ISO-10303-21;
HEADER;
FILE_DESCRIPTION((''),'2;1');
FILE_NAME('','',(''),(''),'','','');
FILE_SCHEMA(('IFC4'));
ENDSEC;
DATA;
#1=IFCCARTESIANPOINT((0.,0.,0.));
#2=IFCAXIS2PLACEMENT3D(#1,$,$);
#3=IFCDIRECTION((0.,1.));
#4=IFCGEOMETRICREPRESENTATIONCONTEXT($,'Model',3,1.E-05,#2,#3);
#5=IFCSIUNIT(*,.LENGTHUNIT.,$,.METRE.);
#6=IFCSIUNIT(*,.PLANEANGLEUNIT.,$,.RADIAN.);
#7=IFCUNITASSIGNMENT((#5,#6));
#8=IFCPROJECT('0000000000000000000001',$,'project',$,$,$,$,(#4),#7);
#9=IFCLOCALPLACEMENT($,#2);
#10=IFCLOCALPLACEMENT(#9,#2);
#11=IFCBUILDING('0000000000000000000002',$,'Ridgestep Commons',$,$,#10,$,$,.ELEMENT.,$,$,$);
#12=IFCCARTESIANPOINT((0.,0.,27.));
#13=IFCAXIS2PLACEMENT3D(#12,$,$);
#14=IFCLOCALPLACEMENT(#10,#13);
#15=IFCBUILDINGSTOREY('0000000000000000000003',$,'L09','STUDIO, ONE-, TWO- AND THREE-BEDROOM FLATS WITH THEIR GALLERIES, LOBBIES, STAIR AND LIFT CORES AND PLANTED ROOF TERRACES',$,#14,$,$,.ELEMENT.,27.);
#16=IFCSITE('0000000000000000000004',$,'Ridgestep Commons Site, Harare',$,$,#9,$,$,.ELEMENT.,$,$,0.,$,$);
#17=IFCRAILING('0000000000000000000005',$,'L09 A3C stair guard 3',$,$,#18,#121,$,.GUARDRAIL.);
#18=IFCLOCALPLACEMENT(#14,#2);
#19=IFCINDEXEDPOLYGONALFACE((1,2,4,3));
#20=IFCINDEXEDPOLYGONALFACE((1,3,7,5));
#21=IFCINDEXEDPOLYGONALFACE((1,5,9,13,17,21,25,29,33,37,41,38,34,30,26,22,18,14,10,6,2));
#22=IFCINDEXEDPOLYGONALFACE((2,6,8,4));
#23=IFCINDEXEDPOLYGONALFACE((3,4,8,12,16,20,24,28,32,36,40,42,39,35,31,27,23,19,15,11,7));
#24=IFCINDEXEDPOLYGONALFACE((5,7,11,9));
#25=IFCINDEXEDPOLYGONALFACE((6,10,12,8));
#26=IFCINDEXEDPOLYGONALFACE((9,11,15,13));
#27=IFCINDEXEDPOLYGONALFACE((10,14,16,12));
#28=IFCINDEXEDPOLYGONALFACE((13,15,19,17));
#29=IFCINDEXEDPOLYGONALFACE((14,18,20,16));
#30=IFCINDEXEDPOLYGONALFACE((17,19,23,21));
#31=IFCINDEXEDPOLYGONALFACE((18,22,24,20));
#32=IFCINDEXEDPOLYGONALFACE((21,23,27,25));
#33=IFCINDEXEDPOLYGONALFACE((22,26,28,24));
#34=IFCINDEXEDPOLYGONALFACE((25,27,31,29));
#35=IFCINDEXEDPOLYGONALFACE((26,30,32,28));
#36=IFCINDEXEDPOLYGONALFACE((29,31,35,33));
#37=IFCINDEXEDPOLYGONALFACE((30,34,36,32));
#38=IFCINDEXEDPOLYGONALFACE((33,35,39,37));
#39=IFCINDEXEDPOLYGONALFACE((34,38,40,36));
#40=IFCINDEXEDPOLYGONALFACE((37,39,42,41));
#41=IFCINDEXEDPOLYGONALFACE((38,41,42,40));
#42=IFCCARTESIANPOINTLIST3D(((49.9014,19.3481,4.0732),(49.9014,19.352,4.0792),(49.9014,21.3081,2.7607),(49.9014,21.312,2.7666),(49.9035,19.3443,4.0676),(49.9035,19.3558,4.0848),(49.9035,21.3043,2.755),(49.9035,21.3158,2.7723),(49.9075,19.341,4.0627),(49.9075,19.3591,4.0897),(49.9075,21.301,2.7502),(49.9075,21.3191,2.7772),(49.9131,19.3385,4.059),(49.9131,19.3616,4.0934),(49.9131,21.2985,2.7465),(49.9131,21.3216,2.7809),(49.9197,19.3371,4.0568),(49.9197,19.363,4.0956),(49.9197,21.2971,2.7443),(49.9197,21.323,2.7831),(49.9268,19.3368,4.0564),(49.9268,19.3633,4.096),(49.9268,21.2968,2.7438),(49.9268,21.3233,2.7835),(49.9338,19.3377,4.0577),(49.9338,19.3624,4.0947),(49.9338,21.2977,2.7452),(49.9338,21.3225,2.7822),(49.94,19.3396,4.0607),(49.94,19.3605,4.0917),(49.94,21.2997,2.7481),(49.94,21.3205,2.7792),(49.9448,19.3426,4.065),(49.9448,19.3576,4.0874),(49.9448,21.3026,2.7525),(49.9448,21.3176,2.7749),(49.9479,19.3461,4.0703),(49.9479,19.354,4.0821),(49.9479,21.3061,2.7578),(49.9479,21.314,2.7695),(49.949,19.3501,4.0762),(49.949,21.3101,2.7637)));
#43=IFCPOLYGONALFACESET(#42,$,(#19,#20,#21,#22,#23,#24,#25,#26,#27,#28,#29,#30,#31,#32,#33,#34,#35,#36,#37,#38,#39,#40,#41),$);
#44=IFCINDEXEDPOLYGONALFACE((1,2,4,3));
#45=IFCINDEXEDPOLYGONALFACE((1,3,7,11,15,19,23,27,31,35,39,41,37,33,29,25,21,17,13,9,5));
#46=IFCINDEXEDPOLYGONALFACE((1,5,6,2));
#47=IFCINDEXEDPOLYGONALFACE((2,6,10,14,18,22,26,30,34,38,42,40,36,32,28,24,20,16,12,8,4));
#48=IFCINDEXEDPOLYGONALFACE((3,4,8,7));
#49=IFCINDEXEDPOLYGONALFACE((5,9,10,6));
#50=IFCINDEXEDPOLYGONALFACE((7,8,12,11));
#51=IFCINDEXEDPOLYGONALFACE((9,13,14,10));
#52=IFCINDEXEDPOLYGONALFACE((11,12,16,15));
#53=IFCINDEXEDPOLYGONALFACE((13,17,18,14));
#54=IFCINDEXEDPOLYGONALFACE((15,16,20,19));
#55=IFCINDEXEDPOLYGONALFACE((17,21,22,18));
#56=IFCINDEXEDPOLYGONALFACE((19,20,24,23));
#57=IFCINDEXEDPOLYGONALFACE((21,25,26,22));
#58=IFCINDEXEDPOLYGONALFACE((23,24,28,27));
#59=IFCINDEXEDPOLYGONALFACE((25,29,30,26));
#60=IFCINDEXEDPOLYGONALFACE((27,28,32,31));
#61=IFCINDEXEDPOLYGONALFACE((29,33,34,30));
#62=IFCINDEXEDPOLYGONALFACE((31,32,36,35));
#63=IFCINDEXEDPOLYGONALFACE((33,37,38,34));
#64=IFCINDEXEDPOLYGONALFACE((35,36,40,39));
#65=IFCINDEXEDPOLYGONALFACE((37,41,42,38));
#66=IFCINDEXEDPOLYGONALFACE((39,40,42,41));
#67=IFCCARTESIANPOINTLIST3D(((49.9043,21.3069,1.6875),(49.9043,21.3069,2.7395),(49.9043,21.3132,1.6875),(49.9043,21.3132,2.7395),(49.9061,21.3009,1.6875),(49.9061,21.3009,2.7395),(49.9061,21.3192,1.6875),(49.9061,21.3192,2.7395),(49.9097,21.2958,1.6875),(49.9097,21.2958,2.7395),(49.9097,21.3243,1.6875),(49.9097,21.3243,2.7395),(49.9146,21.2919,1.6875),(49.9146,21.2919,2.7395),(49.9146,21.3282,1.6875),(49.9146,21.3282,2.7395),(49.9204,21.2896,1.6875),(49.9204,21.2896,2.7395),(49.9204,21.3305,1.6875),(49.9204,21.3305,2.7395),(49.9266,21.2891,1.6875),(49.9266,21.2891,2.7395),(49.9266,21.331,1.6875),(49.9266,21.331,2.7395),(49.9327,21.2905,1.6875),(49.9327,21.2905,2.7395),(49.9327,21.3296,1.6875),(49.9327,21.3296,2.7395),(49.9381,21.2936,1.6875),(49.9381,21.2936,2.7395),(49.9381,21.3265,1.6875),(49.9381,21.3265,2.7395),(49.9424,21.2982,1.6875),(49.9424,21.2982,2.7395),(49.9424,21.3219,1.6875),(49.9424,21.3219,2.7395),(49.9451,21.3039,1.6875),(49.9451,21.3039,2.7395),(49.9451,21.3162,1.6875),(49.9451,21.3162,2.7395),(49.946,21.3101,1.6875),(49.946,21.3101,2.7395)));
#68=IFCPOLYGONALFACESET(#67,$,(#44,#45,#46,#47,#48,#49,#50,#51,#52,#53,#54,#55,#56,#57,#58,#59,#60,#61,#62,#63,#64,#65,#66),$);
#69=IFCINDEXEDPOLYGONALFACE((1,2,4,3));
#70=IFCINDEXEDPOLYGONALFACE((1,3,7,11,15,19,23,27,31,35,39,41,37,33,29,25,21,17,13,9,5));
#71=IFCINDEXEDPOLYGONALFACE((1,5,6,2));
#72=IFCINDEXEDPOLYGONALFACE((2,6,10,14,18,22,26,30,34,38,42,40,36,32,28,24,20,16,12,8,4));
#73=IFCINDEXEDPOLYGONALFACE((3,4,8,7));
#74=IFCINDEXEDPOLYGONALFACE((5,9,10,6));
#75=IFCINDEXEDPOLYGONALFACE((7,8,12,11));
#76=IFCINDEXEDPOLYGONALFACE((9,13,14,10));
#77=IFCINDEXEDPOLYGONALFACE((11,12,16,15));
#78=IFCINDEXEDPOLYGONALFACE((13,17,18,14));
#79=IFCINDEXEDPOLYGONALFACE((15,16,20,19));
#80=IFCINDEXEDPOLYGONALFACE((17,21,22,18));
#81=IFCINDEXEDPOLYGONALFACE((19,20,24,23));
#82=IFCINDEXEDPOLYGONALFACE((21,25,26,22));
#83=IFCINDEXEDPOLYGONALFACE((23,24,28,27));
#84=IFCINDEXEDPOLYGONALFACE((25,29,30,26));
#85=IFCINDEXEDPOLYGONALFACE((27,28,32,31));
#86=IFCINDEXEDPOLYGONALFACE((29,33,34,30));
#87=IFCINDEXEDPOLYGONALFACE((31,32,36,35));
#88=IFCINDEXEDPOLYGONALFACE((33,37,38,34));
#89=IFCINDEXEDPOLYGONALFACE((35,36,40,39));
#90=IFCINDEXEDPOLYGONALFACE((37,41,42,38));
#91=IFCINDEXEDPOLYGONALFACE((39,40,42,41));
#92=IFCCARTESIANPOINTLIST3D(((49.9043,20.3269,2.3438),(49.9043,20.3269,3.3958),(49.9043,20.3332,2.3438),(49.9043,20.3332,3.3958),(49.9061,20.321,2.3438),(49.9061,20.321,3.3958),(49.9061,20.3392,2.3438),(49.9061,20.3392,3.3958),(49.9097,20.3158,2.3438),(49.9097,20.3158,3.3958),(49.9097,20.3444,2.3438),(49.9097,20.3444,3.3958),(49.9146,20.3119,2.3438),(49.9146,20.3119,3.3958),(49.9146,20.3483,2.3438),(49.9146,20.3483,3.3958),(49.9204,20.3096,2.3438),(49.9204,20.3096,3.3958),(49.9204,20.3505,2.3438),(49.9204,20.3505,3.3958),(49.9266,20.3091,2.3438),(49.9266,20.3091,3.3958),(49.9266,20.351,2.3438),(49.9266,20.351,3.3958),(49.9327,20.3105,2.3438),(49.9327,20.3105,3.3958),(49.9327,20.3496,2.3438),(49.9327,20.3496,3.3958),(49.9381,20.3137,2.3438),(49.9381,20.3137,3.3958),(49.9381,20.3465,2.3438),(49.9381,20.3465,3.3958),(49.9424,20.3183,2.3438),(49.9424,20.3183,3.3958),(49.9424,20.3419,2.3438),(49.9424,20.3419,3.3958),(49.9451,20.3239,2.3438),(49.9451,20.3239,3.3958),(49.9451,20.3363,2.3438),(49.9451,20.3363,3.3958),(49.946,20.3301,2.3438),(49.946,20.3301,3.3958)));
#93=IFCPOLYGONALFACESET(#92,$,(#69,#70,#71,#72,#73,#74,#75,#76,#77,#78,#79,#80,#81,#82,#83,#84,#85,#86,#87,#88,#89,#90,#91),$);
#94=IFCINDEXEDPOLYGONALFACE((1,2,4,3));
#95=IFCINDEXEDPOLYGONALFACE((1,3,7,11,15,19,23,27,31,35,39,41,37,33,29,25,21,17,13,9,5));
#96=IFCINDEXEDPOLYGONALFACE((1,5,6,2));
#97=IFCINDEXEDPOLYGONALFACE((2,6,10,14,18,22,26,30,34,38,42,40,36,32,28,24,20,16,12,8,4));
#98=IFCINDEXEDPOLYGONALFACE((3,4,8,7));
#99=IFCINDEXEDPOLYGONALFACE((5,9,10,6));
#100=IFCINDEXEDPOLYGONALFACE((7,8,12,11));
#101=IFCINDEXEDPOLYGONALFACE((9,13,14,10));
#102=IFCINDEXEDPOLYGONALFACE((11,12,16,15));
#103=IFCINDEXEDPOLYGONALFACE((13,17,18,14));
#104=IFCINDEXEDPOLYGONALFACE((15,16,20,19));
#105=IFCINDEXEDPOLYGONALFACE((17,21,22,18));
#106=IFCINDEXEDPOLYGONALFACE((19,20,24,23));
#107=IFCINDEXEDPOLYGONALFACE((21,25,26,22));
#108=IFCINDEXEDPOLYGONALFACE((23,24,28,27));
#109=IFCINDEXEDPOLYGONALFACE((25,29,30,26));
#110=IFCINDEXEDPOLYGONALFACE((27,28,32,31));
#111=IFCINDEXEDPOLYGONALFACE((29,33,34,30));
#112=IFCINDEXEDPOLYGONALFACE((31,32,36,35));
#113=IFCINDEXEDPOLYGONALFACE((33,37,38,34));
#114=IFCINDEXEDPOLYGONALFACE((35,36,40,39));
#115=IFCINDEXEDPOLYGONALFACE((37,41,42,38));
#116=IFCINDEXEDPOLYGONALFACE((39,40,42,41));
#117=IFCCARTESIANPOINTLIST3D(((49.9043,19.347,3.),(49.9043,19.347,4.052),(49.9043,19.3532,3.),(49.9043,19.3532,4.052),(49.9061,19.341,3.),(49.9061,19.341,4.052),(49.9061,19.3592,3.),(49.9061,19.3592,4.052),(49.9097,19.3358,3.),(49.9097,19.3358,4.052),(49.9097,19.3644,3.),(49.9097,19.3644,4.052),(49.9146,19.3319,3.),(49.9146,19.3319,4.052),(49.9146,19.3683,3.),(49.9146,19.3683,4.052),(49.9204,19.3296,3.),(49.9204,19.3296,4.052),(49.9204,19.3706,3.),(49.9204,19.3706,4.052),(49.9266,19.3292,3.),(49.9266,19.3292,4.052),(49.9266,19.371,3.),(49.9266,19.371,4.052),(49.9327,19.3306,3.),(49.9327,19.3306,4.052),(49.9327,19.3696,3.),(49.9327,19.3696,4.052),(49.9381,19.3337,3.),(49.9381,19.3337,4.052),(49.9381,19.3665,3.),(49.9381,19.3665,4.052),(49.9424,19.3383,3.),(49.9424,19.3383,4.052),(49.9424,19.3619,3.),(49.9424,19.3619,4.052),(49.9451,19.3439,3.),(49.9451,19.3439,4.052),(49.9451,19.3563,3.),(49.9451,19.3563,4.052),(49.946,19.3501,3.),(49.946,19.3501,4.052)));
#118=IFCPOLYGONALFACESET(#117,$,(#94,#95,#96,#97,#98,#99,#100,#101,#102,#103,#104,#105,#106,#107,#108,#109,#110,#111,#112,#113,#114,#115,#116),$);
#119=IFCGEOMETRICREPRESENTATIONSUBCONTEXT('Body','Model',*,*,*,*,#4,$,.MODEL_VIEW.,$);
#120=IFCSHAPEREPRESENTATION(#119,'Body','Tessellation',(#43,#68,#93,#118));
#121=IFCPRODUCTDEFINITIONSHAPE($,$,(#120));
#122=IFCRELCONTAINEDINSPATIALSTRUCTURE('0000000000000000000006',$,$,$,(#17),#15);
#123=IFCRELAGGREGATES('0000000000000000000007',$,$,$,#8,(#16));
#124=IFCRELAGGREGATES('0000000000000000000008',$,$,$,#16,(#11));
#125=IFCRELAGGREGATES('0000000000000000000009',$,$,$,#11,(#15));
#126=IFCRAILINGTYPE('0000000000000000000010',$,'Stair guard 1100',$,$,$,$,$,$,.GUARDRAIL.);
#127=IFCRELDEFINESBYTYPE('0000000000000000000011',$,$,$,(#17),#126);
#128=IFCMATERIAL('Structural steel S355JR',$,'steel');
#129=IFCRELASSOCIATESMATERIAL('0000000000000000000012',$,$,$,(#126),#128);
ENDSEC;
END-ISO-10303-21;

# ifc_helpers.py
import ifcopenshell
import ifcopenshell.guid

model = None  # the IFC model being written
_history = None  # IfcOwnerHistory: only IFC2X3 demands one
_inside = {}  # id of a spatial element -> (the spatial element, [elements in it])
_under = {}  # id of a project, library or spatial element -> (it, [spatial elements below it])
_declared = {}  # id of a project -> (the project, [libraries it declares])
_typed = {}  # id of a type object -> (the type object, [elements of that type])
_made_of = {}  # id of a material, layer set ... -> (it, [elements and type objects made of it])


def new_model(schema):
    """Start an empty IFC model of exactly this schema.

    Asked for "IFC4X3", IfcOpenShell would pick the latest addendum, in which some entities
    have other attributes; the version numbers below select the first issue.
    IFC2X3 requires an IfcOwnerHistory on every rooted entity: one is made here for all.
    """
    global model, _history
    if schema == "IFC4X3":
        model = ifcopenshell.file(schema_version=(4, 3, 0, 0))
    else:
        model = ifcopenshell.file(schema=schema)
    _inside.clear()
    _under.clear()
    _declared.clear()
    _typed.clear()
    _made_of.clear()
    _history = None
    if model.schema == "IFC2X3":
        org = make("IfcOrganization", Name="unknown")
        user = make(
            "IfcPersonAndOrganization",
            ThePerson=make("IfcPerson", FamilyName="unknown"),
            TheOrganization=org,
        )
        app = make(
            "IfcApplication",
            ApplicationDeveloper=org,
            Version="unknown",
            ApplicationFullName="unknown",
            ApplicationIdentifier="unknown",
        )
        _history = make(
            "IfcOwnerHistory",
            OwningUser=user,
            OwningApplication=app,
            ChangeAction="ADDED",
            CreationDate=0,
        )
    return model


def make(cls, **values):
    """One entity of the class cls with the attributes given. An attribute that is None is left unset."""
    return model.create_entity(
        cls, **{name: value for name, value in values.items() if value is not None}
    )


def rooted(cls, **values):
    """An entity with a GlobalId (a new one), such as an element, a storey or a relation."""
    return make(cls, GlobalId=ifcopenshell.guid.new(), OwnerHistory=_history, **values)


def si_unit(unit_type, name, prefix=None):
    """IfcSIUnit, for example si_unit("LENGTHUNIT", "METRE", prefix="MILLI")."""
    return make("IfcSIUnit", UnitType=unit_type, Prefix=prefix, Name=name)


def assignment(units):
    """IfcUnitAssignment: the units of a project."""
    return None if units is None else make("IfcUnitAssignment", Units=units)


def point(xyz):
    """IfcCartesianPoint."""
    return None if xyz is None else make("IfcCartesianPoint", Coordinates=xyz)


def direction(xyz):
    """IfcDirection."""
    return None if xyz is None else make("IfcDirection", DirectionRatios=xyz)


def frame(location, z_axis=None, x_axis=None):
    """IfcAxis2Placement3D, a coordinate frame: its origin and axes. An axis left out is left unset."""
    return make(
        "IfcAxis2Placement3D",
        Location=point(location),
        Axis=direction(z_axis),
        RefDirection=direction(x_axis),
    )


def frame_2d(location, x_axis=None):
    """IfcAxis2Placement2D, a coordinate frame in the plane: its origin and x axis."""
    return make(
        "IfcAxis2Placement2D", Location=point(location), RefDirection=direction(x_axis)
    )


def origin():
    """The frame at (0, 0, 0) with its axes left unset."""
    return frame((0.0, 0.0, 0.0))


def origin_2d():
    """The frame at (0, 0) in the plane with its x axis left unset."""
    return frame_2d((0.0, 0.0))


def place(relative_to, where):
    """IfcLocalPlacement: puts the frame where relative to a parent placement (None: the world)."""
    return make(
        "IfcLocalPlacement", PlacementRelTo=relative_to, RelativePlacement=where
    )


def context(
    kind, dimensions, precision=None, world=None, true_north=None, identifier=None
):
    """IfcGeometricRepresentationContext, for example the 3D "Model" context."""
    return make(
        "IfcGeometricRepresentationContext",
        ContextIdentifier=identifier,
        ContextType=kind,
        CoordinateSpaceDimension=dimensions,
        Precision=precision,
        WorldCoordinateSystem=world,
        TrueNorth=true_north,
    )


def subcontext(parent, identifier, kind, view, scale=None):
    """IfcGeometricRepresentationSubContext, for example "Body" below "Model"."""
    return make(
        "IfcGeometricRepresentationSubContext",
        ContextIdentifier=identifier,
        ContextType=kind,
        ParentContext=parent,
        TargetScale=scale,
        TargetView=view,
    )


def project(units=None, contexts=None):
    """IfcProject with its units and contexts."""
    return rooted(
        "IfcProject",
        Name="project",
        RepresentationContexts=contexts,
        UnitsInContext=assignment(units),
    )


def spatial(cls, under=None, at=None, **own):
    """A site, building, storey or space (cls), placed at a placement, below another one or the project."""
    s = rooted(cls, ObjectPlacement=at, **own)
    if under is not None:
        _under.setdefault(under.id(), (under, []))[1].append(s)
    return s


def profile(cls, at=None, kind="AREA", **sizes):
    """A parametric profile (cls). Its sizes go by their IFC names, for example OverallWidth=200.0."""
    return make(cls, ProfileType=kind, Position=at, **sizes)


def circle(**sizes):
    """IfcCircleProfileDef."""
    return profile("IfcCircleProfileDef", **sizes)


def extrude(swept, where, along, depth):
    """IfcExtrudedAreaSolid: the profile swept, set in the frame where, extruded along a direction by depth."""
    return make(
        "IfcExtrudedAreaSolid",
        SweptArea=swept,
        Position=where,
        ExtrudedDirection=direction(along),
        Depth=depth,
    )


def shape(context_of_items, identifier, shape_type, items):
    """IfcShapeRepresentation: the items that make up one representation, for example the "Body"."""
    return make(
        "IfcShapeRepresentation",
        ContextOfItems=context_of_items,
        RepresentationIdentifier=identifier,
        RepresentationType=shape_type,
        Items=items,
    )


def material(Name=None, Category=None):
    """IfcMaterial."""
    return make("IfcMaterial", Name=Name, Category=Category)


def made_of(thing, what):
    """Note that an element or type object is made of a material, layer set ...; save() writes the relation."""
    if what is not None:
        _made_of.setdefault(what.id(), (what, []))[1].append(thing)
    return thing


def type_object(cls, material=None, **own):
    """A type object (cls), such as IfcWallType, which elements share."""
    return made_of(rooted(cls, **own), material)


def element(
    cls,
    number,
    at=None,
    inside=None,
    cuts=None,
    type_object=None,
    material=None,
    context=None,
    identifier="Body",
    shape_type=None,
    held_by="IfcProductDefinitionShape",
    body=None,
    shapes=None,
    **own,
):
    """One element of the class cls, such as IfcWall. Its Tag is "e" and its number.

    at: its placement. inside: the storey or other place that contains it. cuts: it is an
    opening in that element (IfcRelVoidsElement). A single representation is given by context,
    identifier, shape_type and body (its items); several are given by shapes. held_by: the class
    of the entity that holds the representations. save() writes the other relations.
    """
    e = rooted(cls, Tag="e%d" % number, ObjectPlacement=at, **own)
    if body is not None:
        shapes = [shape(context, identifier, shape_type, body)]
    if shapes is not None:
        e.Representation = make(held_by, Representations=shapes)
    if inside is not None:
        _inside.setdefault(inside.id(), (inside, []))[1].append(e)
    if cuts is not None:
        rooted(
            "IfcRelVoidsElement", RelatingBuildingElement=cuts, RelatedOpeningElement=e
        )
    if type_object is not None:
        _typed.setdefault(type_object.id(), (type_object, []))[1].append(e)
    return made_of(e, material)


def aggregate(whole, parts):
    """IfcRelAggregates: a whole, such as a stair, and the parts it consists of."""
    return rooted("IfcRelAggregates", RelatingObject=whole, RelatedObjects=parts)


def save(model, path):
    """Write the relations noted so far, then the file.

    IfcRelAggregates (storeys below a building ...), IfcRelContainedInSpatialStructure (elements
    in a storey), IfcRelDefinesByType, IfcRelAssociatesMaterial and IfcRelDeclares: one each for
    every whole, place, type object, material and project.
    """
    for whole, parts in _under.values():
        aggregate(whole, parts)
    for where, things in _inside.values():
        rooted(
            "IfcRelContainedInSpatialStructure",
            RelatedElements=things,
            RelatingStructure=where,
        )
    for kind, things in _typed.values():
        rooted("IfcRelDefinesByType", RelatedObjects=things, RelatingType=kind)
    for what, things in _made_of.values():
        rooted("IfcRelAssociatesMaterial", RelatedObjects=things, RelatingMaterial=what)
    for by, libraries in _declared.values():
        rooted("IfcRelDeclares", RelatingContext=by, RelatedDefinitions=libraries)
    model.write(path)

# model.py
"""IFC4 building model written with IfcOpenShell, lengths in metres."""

from ifc_helpers import new_model, si_unit, direction, frame, origin, origin_2d, place, context, subcontext, project, spatial, circle, extrude, material, type_object, element, save


model = new_model("IFC4")

# Units and contexts
model_context = context("Model", 3, precision=1e-05, world=origin(), true_north=direction((0.0, 1.0)))
body_context = subcontext(model_context, "Body", "Model", "MODEL_VIEW")
ifc_project = project(units=[si_unit("LENGTHUNIT", "METRE"), si_unit("PLANEANGLEUNIT", "RADIAN")], contexts=[model_context])

# Site, building, storey
site_placement = place(None, origin())
site = spatial("IfcSite", under=ifc_project, at=site_placement, Name="Ridgestep Commons Site, Harare", CompositionType="ELEMENT", RefElevation=0.0)
building_placement = place(site_placement, origin())
building = spatial("IfcBuilding", under=site, at=building_placement, Name="Ridgestep Commons", CompositionType="ELEMENT")
storey_placement = place(building_placement, frame((0.0, 0.0, 27.0)))
storey = spatial("IfcBuildingStorey", under=building, at=storey_placement, Name="L09", Description="STUDIO, ONE-, TWO- AND THREE-BEDROOM FLATS WITH THEIR GALLERIES, LOBBIES, STAIR AND LIFT CORES AND PLANTED ROOF TERRACES", CompositionType="ELEMENT", Elevation=27.0)

# Railing
ifc_material_1 = material(Name="Structural steel S355JR", Category="steel")
railing_type_1 = type_object("IfcRailingType", Name="Stair guard 1100", PredefinedType="GUARDRAIL", material=ifc_material_1)
railing_1_placement = place(storey_placement, frame((49.925, 21.3101, 1.6875)))
element("IfcRailing", 1, at=railing_1_placement, inside=storey, type_object=railing_type_1, Name="L09 A3C stair guard 3", PredefinedType="GUARDRAIL", context=body_context, shape_type="SweptSolid", body=[
    extrude(circle(Radius=0.0239, at=origin_2d()), frame((0.0, 0.0, 1.0762), z_axis=(0.0, -0.830902, 0.556419), x_axis=(1.0, 0.0, 0.0)), (0.0, 0.0, 1.0), 2.3589),
    extrude(circle(Radius=0.021, at=origin_2d()), origin(), (0.0, 0.0, 1.0), 1.052),
    extrude(circle(Radius=0.021, at=origin_2d()), frame((0.0, -0.98, 0.6562)), (0.0, 0.0, 1.0), 1.052),
    extrude(circle(Radius=0.021, at=origin_2d()), frame((0.0, -1.96, 1.3125)), (0.0, 0.0, 1.0), 1.052),
])

save(model, "model.ifc")
